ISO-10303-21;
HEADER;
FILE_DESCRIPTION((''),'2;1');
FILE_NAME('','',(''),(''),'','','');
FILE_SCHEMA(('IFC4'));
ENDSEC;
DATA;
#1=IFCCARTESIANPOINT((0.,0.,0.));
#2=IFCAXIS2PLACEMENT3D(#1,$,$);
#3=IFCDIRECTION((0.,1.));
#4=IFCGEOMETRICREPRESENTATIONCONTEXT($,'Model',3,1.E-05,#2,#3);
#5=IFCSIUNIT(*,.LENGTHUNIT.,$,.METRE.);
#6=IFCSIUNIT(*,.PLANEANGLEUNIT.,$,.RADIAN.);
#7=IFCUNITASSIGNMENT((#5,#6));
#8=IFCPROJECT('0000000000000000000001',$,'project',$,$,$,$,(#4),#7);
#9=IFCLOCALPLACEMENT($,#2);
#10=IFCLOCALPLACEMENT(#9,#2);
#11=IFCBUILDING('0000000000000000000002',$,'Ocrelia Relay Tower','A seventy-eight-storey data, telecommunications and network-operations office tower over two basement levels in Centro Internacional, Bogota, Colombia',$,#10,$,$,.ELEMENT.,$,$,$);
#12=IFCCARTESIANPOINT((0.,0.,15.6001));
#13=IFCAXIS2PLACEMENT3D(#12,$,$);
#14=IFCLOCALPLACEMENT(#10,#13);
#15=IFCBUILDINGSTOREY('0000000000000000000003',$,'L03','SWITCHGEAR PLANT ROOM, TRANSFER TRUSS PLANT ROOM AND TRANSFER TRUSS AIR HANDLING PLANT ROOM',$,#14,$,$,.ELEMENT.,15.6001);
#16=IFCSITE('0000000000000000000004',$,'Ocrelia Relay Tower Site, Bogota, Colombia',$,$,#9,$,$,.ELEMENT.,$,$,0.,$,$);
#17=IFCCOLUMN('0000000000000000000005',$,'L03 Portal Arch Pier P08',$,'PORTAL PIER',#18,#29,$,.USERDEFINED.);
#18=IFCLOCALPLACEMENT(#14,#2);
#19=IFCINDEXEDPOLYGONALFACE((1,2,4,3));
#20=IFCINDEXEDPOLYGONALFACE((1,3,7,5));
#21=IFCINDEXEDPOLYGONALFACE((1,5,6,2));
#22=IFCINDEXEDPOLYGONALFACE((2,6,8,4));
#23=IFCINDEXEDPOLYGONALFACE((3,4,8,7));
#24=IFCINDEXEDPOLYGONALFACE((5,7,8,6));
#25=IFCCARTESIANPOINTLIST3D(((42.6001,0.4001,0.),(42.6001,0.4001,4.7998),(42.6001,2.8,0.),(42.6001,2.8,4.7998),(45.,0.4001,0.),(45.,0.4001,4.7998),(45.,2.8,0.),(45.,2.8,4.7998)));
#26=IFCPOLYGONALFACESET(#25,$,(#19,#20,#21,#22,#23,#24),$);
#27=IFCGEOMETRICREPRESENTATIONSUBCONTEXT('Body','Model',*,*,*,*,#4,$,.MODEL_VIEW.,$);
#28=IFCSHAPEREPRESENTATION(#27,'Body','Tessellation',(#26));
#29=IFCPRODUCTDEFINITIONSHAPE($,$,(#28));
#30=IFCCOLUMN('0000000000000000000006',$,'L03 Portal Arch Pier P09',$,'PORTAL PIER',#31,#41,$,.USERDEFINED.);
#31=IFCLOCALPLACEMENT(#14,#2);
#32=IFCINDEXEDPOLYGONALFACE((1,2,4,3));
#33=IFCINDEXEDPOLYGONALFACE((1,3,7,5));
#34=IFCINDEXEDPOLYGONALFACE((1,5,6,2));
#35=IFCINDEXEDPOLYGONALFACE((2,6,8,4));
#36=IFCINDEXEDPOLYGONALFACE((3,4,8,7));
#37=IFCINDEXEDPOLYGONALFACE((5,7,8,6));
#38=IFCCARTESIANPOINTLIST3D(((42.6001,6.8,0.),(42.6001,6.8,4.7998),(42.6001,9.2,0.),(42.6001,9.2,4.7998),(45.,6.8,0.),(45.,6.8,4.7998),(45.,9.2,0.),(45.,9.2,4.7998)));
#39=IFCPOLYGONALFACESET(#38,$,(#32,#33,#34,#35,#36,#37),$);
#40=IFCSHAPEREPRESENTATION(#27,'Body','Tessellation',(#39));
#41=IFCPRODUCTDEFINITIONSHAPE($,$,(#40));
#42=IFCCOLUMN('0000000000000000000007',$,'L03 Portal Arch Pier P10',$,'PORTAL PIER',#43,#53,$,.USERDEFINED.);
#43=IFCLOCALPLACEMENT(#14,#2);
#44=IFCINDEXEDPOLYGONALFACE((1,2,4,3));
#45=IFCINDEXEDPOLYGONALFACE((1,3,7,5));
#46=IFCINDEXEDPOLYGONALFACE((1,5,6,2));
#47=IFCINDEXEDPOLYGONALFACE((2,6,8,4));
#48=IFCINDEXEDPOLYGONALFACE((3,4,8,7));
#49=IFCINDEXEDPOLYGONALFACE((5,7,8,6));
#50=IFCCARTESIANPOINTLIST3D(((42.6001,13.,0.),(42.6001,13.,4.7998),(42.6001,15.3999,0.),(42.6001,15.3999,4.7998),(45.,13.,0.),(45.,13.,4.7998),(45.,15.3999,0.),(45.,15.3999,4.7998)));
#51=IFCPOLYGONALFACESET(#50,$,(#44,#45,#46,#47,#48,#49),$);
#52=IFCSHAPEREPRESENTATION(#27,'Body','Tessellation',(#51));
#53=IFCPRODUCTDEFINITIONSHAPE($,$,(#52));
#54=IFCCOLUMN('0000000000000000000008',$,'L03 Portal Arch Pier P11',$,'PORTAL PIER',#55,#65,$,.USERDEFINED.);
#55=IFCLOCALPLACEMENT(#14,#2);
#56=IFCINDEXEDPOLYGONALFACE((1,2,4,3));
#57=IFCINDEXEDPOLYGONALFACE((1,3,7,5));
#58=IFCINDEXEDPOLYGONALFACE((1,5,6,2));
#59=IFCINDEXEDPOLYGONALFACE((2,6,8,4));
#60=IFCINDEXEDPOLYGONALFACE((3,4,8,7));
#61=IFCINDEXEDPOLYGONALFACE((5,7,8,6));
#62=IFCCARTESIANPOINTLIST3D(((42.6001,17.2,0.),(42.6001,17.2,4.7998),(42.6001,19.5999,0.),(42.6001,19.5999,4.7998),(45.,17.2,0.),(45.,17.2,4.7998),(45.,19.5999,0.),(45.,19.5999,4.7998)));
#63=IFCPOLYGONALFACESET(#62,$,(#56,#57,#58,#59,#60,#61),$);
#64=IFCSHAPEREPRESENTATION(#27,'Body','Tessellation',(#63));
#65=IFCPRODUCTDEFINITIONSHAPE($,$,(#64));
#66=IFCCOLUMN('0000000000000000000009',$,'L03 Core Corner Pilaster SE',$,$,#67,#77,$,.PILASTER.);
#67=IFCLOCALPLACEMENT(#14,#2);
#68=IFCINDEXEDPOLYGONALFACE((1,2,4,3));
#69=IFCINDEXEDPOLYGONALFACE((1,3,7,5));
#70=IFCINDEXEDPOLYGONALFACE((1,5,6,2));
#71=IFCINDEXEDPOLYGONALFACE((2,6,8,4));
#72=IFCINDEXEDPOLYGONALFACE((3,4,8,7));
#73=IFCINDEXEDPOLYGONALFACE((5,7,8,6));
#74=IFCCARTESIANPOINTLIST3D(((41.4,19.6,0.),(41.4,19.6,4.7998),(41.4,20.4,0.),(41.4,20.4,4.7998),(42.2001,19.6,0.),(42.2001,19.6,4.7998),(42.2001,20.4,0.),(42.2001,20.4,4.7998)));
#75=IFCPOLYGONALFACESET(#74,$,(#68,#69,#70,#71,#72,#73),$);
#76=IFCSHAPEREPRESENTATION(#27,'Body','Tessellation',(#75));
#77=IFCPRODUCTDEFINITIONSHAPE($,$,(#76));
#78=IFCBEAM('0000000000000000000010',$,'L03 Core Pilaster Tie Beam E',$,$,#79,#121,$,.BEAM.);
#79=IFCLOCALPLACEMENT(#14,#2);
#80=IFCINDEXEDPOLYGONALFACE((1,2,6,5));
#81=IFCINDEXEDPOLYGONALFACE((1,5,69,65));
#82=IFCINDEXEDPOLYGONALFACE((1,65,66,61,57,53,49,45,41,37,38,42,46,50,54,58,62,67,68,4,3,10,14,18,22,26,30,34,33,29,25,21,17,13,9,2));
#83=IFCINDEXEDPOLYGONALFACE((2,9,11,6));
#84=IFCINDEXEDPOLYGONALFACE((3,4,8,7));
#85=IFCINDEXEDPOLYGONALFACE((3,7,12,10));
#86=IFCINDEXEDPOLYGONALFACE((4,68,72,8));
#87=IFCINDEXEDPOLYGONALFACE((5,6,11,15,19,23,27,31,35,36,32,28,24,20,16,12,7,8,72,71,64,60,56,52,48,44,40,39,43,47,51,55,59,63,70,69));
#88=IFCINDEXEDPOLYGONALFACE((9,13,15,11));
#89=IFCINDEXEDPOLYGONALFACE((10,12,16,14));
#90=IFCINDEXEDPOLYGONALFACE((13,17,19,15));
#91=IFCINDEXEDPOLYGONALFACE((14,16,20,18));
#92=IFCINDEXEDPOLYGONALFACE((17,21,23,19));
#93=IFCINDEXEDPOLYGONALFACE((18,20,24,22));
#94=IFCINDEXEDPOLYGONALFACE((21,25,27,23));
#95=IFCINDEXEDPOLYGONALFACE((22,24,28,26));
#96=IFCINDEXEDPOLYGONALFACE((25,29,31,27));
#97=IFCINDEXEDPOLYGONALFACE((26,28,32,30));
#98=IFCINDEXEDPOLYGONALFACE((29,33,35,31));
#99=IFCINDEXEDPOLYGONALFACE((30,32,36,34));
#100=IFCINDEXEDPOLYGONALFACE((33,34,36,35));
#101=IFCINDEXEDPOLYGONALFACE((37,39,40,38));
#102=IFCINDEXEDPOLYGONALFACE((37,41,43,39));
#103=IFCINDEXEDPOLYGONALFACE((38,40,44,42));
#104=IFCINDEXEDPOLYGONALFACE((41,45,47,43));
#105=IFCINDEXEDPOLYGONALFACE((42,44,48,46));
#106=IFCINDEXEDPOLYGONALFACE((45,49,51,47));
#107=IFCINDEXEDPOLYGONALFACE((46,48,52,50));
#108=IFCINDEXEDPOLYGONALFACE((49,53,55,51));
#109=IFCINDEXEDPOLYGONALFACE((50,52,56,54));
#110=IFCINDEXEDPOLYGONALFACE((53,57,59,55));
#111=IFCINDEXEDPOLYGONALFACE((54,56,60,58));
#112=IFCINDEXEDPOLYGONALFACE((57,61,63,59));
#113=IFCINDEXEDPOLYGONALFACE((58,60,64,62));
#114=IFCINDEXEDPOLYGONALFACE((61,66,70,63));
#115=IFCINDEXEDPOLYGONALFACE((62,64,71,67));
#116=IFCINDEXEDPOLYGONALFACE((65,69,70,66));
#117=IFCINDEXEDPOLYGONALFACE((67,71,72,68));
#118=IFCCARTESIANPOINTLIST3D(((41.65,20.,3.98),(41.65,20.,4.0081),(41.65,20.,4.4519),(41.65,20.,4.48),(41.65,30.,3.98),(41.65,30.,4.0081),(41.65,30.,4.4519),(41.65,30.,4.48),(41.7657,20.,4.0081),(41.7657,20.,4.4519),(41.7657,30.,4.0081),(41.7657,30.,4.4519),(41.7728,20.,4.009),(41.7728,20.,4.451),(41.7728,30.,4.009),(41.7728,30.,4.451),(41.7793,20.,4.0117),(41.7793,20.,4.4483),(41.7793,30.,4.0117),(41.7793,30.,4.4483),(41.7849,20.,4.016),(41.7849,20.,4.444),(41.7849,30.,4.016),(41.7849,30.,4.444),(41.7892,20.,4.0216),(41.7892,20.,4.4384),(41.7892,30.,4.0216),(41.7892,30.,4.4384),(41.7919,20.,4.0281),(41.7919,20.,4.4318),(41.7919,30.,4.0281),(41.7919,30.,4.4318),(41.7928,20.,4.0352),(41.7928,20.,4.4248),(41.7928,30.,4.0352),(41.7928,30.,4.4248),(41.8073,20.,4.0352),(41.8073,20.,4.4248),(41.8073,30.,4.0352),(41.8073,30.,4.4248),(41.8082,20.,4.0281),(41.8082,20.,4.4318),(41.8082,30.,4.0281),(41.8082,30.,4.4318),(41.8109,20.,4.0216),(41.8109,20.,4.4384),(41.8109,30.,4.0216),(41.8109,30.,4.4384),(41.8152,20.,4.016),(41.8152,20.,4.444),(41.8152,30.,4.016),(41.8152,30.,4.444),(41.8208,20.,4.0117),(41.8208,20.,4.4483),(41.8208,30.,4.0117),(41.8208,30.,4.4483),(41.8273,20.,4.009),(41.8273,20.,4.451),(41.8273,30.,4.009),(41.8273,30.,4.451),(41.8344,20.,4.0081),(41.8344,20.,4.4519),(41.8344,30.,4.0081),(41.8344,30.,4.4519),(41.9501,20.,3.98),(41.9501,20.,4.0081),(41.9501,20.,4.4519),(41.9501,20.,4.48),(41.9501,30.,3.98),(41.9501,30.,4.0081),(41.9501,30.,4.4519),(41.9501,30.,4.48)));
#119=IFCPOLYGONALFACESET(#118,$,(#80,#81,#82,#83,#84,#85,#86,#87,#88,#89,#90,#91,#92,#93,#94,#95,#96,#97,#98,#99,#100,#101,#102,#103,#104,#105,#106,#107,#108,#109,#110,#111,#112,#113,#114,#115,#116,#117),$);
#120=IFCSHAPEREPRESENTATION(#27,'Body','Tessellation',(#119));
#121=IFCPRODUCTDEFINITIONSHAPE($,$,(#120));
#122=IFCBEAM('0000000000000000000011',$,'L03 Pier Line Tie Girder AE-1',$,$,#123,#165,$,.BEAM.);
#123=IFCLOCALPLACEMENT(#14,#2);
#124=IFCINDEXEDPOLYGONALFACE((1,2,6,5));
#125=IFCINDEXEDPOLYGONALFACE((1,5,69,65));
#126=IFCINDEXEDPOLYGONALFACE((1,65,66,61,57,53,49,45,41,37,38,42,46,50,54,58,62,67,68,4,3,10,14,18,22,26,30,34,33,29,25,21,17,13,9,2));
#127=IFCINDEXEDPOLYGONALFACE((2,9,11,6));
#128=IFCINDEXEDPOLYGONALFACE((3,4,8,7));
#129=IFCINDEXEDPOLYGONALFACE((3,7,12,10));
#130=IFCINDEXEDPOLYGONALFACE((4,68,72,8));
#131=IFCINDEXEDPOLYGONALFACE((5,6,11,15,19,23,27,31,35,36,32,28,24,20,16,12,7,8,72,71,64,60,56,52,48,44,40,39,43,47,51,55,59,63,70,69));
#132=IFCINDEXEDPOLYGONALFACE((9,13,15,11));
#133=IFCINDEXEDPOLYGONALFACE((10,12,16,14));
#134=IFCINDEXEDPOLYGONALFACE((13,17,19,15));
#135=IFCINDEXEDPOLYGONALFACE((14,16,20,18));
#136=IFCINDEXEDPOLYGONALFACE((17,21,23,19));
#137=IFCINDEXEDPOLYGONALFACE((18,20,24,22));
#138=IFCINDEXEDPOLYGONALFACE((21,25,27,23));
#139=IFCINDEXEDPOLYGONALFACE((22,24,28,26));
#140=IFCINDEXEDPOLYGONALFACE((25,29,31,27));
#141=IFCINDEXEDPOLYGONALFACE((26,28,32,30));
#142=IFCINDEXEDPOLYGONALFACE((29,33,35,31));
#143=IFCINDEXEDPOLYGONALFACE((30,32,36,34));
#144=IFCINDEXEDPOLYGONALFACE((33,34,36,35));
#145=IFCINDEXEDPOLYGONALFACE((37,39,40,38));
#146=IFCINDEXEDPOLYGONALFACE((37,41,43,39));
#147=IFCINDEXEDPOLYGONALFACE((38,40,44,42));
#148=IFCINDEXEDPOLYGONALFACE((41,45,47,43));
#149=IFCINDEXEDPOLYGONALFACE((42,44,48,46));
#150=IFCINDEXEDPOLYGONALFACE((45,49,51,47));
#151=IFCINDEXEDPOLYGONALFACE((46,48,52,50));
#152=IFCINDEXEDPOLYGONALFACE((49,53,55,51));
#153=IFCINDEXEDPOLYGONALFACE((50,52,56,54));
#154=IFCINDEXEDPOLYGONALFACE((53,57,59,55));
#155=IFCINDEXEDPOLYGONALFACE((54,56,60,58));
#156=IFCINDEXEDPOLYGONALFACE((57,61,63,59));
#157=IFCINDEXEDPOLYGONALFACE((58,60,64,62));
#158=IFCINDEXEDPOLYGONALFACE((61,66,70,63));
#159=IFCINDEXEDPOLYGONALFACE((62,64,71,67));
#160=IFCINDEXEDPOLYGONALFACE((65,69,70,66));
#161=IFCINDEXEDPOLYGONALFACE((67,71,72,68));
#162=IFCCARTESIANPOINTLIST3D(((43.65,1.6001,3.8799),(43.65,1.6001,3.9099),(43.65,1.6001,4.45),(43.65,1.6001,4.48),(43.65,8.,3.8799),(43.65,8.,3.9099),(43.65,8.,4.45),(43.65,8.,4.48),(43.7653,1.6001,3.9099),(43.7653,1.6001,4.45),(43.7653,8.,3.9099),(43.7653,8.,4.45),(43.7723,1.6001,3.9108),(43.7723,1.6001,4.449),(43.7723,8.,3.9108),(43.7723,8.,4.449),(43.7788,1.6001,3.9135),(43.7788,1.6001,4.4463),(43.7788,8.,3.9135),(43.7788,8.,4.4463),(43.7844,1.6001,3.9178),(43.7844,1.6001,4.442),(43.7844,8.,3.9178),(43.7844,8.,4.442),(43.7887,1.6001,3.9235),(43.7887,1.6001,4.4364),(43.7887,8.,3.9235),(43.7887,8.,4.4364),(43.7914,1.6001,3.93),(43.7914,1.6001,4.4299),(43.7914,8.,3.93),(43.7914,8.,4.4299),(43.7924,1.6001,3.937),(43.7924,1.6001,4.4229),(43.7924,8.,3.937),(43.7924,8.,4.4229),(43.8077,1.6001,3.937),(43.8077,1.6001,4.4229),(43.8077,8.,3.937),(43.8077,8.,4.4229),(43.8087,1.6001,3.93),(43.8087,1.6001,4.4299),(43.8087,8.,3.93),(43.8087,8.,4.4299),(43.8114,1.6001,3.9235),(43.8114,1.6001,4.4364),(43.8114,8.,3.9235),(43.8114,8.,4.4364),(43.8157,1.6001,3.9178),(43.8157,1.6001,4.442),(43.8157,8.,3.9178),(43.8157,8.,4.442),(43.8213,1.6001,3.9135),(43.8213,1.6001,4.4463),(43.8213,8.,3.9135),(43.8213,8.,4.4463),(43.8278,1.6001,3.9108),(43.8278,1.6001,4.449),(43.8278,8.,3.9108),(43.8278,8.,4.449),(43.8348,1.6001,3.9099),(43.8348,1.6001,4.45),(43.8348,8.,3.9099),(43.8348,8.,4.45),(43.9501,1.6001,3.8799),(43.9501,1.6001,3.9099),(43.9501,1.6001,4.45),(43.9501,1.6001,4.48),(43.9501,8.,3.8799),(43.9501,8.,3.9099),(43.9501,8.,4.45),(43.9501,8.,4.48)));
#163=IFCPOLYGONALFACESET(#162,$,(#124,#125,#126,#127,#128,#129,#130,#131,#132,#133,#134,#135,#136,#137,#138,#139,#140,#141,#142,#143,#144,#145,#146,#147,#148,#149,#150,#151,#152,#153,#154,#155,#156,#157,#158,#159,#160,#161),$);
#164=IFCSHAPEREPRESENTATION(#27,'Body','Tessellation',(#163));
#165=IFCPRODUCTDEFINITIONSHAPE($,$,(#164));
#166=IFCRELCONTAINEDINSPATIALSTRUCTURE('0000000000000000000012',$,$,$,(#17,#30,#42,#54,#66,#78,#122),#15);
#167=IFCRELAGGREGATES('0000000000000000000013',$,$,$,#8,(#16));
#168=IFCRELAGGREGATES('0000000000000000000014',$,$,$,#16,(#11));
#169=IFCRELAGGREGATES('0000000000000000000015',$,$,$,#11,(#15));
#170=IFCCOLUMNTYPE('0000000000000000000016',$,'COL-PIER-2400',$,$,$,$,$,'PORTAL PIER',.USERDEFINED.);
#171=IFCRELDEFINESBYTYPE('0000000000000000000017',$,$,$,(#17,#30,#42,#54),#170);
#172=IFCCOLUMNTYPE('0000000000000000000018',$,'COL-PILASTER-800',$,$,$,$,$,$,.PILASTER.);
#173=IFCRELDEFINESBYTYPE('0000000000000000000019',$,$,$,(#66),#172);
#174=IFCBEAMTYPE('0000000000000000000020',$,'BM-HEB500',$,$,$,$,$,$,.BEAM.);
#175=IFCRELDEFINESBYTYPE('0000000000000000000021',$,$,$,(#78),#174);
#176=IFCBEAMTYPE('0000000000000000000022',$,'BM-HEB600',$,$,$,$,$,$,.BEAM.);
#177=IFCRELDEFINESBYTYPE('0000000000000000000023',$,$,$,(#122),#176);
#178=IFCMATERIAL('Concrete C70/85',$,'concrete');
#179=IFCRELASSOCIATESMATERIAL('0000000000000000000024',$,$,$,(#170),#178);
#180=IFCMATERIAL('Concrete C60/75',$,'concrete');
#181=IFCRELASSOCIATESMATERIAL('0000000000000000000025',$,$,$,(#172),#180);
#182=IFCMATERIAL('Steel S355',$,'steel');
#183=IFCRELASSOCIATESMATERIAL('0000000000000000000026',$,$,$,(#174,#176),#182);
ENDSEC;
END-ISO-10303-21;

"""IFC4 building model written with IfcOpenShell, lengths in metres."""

from ifc_helpers import new_model, si_unit, direction, frame, origin, origin_2d, place, context, subcontext, project, spatial, rectangle, i_section, extrude, material, material_profile, profile_set, type_object, element, save


model = new_model("IFC4")

# Units and contexts
model_context = context("Model", 3, precision=1e-05, world=origin(), true_north=direction((0.0, 1.0)))
body_context = subcontext(model_context, "Body", "Model", "MODEL_VIEW")
ifc_project = project(units=[si_unit("LENGTHUNIT", "METRE"), si_unit("PLANEANGLEUNIT", "RADIAN")], contexts=[model_context])

# Site, building, storey
site_placement = place(None, origin())
site = spatial("IfcSite", under=ifc_project, at=site_placement, Name="Ocrelia Relay Tower Site, Bogota, Colombia", CompositionType="ELEMENT", RefElevation=0.0)
building_placement = place(site_placement, origin())
building = spatial("IfcBuilding", under=site, at=building_placement, Name="Ocrelia Relay Tower", Description="A seventy-eight-storey data, telecommunications and network-operations office tower over two basement levels in Centro Internacional, Bogota, Colombia", CompositionType="ELEMENT")
storey_placement = place(building_placement, frame((0.0, 0.0, 15.6001)))
storey = spatial("IfcBuildingStorey", under=building, at=storey_placement, Name="L03", Description="SWITCHGEAR PLANT ROOM, TRANSFER TRUSS PLANT ROOM AND TRANSFER TRUSS AIR HANDLING PLANT ROOM", CompositionType="ELEMENT", Elevation=15.6001)

# Columns
ifc_material_1 = material(Name="Concrete C70/85", Category="concrete")
ifc_material_profile_1 = material_profile(ifc_material_1, rectangle(XDim=2.3999, YDim=2.3999, at=origin_2d()), Name="RC-PIER-2400x2400")
ifc_profile_set_1 = profile_set([ifc_material_profile_1], Name="Concrete C70/85")
column_type_1 = type_object("IfcColumnType", Name="COL-PIER-2400", ElementType="PORTAL PIER", PredefinedType="USERDEFINED", material=ifc_profile_set_1)
for number, where, z_axis, x_axis, name in (
    (1, (43.8, 1.6001, 0.0), (0.0, 0.0, 1.0), (1.0, 0.0, 0.0), "L03 Portal Arch Pier P08"),
    (2, (43.8, 8.0, 0.0), (0.0, 0.0, 1.0), (1.0, 0.0, 0.0), "L03 Portal Arch Pier P09"),
    (3, (43.8, 14.2, 0.0), (0.0, 0.0, 1.0), (1.0, 0.0, 0.0), "L03 Portal Arch Pier P10"),
    (4, (43.8, 18.3999, 0.0), (0.0, 0.0, 1.0), (1.0, 0.0, 0.0), "L03 Portal Arch Pier P11"),
):
    element("IfcColumn", number, at=place(storey_placement, frame(where, z_axis=z_axis, x_axis=x_axis)), inside=storey, type_object=column_type_1, Name=name, ObjectType="PORTAL PIER", PredefinedType="USERDEFINED", context=body_context, shape_type="SweptSolid", body=[
        extrude(rectangle(XDim=2.3999, YDim=2.3999, at=origin_2d()), origin(), (0.0, 0.0, 1.0), 4.7998),
    ])
ifc_material_2 = material(Name="Concrete C60/75", Category="concrete")
ifc_material_profile_2 = material_profile(ifc_material_2, rectangle(XDim=0.8, YDim=0.8, at=origin_2d()), Name="RC-COL-800x800")
ifc_profile_set_2 = profile_set([ifc_material_profile_2], Name="Concrete C60/75")
column_type_2 = type_object("IfcColumnType", Name="COL-PILASTER-800", PredefinedType="PILASTER", material=ifc_profile_set_2)
column_placement = place(storey_placement, frame((41.8, 20.0, 0.0), z_axis=(0.0, 0.0, 1.0), x_axis=(1.0, 0.0, 0.0)))
element("IfcColumn", 5, at=column_placement, inside=storey, type_object=column_type_2, Name="L03 Core Corner Pilaster SE", PredefinedType="PILASTER", context=body_context, shape_type="SweptSolid", body=[
    extrude(rectangle(XDim=0.8, YDim=0.8, at=origin_2d()), origin(), (0.0, 0.0, 1.0), 4.7998),
])

# Beams
ifc_material_3 = material(Name="Steel S355", Category="steel")
ifc_material_profile_3 = material_profile(ifc_material_3, i_section(OverallWidth=0.3, OverallDepth=0.5, WebThickness=0.0144, FlangeThickness=0.0281, FilletRadius=0.0271, at=origin_2d()), Name="HEB 500")
ifc_profile_set_3 = profile_set([ifc_material_profile_3], Name="Steel S355")
beam_type_1 = type_object("IfcBeamType", Name="BM-HEB500", PredefinedType="BEAM", material=ifc_profile_set_3)
beam_1_placement = place(storey_placement, frame((41.8, 20.0, 4.23), z_axis=(0.0, 1.0, 0.0), x_axis=(-1.0, 0.0, 0.0)))
element("IfcBeam", 6, at=beam_1_placement, inside=storey, type_object=beam_type_1, Name="L03 Core Pilaster Tie Beam E", PredefinedType="BEAM", context=body_context, shape_type="SweptSolid", body=[
    extrude(i_section(OverallWidth=0.3, OverallDepth=0.5, WebThickness=0.0144, FlangeThickness=0.0281, FilletRadius=0.0271, at=origin_2d()), origin(), (0.0, 0.0, 1.0), 10.0),
])
ifc_material_profile_4 = material_profile(ifc_material_3, i_section(OverallWidth=0.3, OverallDepth=0.6001, WebThickness=0.0154, FlangeThickness=0.03, FilletRadius=0.0271, at=origin_2d()), Name="HEB 600")
ifc_profile_set_4 = profile_set([ifc_material_profile_4], Name="Steel S355")
beam_type_2 = type_object("IfcBeamType", Name="BM-HEB600", PredefinedType="BEAM", material=ifc_profile_set_4)
beam_2_placement = place(storey_placement, frame((43.8, 1.6001, 4.1799), z_axis=(0.0, 1.0, 0.0), x_axis=(-1.0, 0.0, 0.0)))
element("IfcBeam", 7, at=beam_2_placement, inside=storey, type_object=beam_type_2, Name="L03 Pier Line Tie Girder AE-1", PredefinedType="BEAM", context=body_context, shape_type="SweptSolid", body=[
    extrude(i_section(OverallWidth=0.3, OverallDepth=0.6001, WebThickness=0.0154, FlangeThickness=0.03, FilletRadius=0.0271, at=origin_2d()), origin(), (0.0, 0.0, 1.0), 6.3999),
])

save(model, "model.ifc")
